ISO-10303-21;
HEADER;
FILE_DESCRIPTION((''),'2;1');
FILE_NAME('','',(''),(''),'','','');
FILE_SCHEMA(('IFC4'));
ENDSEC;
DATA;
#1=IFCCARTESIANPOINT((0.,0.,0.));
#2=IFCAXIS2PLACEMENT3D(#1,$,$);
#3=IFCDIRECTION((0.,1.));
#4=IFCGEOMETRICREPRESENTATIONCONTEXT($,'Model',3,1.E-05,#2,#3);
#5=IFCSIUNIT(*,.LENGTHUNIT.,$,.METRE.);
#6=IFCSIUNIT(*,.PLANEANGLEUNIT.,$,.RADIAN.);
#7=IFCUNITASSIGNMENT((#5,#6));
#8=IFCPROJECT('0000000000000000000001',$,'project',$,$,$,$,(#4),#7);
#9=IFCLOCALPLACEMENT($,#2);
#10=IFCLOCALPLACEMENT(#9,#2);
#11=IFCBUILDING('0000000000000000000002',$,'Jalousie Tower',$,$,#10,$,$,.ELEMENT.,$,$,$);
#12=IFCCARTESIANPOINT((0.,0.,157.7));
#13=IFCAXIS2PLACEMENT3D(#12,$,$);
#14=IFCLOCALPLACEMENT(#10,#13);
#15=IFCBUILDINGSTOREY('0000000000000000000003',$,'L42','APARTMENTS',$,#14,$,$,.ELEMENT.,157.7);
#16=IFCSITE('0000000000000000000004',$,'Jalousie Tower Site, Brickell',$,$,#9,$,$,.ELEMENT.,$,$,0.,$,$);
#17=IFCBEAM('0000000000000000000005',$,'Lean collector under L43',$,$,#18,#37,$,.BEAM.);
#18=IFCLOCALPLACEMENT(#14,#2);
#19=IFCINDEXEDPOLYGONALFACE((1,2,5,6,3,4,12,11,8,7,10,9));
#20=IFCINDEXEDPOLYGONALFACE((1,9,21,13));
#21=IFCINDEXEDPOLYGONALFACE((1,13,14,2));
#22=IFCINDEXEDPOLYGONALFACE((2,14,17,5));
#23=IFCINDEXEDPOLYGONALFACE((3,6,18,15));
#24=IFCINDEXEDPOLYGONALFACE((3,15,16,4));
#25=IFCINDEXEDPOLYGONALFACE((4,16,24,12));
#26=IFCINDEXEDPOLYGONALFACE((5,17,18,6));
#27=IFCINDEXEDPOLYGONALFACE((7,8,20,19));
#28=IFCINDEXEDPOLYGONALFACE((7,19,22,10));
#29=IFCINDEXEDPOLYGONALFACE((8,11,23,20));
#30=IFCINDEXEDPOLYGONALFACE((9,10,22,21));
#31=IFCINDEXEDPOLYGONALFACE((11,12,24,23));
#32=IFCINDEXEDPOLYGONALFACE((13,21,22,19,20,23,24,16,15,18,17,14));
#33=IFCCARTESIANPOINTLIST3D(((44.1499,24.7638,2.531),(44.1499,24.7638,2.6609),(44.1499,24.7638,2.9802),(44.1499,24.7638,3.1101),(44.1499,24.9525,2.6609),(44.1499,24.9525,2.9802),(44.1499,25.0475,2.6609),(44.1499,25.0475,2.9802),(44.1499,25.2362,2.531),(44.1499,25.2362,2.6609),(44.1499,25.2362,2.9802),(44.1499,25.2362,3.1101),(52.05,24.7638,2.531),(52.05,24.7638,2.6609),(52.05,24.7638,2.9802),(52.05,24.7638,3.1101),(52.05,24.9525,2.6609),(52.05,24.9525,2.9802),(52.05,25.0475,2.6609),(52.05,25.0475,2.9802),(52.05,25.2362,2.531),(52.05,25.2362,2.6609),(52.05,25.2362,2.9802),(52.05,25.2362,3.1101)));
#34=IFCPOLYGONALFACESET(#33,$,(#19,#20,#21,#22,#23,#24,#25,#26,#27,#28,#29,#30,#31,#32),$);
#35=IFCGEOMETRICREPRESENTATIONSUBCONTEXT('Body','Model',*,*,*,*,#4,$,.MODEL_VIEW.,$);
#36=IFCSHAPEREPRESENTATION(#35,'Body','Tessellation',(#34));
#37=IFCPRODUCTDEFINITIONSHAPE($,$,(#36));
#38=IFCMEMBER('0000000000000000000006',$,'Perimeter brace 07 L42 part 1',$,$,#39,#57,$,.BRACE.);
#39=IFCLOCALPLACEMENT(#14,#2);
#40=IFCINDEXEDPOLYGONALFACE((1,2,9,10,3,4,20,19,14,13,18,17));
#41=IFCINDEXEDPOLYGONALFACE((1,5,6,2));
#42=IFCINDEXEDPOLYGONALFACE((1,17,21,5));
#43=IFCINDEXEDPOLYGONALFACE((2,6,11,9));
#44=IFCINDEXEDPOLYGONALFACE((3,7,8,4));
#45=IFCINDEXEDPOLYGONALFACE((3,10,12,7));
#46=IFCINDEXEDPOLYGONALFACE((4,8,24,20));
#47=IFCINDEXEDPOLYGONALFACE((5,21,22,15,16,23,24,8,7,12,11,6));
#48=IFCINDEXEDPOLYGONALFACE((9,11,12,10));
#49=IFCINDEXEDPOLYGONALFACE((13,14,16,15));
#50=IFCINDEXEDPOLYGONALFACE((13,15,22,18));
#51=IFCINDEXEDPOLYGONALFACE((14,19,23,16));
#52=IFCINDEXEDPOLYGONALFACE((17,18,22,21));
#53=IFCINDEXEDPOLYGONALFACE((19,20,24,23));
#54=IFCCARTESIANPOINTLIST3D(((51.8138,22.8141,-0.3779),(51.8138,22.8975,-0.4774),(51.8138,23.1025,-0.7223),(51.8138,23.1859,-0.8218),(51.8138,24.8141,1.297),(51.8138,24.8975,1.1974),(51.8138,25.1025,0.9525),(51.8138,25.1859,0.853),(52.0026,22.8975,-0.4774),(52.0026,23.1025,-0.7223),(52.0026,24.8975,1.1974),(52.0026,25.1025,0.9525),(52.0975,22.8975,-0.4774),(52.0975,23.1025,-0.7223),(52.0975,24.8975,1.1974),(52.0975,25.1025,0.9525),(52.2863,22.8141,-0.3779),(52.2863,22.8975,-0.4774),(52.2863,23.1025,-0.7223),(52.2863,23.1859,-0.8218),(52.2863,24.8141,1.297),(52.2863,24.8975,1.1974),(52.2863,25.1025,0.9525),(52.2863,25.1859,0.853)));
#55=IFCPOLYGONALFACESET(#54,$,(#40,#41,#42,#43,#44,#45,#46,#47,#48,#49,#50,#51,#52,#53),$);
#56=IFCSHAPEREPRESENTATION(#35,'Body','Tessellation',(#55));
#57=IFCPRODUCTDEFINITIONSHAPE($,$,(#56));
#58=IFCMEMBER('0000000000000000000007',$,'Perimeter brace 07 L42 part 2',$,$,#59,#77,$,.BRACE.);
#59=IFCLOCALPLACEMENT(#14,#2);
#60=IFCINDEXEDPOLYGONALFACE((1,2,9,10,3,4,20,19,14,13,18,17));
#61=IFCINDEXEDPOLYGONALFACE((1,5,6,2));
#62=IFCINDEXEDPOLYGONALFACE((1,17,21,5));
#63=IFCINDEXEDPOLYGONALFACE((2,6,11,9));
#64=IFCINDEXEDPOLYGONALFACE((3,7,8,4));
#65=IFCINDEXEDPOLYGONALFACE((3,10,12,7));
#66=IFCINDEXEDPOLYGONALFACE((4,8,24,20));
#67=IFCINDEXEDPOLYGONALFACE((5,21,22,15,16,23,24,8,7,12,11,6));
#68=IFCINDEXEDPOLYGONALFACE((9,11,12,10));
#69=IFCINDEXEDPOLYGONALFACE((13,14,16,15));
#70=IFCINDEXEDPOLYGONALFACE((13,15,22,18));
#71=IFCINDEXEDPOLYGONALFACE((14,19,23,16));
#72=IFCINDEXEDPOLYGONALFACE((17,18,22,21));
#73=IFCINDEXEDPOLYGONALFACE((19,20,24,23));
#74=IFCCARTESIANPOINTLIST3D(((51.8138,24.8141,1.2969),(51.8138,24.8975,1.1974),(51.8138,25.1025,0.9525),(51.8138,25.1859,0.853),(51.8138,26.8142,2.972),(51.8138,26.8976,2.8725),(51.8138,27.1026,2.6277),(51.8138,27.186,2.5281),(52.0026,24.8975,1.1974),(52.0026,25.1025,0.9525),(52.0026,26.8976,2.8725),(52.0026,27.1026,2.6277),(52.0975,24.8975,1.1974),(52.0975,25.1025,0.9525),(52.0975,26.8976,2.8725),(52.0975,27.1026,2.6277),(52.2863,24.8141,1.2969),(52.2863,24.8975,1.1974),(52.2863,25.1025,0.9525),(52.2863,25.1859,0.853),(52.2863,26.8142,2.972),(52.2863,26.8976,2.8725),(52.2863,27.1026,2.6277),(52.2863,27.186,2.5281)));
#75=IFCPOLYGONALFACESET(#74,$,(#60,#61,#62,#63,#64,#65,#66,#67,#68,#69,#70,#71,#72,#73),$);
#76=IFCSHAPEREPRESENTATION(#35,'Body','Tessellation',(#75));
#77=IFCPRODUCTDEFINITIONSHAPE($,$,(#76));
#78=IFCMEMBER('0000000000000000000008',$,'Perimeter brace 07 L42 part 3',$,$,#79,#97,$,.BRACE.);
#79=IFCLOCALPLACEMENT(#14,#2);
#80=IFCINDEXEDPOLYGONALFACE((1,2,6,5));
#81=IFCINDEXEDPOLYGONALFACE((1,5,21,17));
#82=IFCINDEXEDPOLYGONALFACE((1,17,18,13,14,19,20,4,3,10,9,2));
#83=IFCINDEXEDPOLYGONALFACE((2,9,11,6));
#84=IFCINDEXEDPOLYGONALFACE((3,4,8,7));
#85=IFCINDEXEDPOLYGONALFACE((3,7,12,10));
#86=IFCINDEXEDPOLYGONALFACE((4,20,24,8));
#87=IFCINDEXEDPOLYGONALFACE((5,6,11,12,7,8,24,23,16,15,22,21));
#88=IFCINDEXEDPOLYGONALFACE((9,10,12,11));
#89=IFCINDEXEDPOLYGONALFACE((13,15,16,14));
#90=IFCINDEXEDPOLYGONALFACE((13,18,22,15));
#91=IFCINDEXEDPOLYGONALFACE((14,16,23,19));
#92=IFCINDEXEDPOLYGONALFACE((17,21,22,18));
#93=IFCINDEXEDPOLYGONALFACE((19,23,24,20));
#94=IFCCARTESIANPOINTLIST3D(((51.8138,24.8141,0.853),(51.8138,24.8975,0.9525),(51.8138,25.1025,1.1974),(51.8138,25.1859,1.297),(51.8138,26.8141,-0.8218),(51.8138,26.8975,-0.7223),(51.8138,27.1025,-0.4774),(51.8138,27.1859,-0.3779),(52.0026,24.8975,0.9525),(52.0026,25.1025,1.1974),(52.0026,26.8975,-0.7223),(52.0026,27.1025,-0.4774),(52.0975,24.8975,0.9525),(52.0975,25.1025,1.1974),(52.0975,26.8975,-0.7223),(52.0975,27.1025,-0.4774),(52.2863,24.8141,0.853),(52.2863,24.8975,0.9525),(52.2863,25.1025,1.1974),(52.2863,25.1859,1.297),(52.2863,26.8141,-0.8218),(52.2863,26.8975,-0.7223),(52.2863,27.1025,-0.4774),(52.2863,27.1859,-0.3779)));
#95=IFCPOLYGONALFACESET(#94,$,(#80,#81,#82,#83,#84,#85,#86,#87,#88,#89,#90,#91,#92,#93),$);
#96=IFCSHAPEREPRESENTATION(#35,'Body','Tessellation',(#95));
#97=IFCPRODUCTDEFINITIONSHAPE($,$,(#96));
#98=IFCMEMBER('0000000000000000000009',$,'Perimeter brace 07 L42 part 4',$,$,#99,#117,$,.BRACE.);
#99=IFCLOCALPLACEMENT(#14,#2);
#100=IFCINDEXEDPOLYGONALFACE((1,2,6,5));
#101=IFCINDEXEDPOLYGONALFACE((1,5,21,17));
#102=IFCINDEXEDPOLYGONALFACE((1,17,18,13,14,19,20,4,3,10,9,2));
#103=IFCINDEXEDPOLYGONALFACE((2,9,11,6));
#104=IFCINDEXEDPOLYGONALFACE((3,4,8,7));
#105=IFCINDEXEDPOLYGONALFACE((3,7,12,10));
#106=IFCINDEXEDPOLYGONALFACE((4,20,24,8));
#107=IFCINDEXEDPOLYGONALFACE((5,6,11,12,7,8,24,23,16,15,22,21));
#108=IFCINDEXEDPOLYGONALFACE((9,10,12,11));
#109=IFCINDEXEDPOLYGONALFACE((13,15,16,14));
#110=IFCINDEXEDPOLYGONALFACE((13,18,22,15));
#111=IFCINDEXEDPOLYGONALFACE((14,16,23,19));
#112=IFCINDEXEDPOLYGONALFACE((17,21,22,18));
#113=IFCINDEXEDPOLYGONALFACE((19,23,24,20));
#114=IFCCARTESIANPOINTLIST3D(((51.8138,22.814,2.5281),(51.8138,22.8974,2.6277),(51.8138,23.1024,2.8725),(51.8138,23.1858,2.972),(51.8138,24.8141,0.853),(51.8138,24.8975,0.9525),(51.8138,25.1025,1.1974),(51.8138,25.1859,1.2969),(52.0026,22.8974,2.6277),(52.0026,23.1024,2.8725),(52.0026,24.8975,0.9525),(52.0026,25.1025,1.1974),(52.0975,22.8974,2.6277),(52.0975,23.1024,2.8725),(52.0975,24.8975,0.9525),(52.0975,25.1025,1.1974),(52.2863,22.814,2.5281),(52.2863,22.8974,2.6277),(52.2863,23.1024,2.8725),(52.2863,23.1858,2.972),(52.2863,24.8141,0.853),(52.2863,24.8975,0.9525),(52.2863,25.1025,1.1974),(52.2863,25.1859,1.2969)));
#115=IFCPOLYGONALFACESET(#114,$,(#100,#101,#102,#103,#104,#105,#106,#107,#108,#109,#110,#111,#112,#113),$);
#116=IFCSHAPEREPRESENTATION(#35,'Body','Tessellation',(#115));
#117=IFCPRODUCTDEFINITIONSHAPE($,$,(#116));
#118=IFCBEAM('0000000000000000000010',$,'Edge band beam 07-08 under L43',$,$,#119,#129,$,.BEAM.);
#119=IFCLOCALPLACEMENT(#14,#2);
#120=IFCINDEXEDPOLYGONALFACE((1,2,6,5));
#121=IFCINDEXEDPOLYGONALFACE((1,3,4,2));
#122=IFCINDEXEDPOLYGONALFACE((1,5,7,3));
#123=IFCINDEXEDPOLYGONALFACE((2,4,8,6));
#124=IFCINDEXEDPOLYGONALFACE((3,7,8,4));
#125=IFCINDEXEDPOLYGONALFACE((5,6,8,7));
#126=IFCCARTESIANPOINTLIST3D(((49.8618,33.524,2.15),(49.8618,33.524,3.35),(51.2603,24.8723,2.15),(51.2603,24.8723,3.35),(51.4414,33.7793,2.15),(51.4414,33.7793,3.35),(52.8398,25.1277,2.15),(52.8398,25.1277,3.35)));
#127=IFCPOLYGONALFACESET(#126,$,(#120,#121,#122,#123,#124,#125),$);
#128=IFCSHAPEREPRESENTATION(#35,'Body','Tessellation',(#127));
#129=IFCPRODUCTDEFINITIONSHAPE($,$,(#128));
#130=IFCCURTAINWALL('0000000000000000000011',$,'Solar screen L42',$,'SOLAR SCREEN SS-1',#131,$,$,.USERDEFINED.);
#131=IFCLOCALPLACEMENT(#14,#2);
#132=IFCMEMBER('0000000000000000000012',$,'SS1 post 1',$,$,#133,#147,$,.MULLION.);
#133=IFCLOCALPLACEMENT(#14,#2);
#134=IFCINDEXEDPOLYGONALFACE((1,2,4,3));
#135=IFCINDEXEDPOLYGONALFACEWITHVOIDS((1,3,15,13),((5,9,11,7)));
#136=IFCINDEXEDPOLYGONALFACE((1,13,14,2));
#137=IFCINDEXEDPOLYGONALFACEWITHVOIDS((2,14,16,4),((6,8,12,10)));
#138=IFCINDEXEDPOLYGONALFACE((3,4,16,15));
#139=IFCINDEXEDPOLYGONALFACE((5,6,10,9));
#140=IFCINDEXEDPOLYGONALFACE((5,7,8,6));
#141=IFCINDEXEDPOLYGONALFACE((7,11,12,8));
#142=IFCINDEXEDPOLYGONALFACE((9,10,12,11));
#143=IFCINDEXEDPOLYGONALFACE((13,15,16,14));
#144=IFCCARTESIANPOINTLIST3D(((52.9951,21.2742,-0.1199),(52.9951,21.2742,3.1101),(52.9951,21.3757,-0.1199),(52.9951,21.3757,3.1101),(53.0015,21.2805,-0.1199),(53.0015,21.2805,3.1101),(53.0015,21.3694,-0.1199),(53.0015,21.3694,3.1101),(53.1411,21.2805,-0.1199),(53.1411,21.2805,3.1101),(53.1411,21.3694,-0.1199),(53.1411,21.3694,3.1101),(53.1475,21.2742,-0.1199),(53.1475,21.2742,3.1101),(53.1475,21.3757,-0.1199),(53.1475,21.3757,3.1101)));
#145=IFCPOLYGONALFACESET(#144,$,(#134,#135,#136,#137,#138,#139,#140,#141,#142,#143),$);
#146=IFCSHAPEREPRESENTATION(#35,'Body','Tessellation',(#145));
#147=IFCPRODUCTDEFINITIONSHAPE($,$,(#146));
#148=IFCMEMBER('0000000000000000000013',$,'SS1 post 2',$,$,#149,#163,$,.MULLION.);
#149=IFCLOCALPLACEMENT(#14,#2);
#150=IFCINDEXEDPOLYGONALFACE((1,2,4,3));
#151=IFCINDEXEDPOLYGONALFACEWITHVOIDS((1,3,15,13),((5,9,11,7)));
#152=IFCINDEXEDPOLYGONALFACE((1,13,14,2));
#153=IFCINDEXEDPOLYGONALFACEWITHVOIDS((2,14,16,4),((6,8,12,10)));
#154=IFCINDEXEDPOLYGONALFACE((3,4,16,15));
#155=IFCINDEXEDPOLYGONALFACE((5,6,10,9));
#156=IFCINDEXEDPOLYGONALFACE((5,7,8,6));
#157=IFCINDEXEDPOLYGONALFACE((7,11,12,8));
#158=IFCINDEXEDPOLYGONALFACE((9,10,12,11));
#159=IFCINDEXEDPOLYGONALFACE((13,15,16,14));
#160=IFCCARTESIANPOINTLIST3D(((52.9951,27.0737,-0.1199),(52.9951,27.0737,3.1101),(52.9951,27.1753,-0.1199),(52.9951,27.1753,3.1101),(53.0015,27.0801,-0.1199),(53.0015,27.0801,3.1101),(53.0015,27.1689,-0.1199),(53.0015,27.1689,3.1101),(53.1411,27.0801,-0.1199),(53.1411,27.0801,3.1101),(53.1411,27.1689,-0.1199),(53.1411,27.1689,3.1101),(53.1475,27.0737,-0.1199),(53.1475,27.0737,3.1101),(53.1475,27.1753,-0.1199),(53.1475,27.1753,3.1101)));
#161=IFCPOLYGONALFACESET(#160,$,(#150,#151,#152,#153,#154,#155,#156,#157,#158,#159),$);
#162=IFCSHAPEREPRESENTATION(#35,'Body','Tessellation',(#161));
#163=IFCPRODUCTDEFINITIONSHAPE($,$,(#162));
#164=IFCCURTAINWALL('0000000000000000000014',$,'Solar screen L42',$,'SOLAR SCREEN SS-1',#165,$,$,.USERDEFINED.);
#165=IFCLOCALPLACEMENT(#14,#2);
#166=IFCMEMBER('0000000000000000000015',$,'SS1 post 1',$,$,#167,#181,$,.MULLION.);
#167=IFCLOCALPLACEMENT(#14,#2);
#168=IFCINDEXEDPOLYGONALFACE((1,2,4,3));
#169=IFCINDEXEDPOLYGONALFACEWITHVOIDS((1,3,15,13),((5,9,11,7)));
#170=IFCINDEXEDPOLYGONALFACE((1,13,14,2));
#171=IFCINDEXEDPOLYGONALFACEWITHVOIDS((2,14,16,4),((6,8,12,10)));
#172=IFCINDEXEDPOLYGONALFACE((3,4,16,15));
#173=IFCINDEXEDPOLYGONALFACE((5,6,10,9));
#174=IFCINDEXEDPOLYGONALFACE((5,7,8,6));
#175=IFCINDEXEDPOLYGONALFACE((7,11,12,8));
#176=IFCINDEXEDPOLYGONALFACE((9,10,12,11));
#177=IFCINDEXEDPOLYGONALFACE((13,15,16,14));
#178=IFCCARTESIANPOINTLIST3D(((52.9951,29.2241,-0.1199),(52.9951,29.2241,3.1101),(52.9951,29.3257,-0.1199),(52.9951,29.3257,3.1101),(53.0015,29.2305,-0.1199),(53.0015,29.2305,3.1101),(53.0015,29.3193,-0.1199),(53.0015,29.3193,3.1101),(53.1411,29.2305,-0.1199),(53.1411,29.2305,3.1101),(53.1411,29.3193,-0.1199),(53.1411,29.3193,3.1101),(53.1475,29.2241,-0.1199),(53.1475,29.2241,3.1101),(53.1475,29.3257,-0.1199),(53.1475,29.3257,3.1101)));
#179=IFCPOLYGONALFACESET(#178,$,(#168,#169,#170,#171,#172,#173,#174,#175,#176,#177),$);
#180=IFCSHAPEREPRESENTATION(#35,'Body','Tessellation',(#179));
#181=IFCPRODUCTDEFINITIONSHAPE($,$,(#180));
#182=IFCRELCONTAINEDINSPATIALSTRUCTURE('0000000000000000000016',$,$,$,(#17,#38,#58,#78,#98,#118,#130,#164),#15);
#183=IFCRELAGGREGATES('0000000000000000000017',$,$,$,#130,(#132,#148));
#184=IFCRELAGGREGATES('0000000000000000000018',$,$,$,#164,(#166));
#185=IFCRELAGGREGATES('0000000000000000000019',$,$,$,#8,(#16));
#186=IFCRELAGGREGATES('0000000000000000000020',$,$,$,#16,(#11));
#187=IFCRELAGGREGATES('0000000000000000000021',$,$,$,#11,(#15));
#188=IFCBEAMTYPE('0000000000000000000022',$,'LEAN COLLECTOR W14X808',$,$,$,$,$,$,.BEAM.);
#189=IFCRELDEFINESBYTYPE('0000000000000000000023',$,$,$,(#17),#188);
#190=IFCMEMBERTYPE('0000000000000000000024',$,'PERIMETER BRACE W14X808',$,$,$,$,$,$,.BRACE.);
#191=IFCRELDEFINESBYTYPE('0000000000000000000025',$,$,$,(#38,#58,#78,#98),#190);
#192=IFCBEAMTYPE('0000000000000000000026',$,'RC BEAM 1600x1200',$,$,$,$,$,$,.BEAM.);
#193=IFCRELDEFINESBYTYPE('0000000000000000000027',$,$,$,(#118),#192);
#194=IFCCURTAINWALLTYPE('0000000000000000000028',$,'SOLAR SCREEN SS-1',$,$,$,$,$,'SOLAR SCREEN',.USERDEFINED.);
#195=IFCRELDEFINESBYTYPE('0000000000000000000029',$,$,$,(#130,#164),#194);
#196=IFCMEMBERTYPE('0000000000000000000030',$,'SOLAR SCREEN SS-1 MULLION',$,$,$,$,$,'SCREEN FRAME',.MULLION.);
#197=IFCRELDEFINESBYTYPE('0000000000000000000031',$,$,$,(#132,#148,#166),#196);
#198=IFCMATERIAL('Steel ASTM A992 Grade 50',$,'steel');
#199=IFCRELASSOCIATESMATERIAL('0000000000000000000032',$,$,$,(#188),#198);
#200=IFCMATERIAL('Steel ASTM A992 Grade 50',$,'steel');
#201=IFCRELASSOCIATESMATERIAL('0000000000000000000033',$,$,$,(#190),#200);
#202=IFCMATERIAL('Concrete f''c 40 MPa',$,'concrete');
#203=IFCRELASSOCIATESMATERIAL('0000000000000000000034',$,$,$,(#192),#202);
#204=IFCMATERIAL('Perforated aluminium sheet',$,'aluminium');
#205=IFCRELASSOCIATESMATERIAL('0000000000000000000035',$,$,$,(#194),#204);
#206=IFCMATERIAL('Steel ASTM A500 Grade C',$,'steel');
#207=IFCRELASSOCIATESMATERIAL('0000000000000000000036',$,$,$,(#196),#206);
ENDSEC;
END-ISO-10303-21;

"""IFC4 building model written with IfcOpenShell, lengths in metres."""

from ifc_helpers import new_model, si_unit, direction, frame, origin, origin_2d, place, context, subcontext, project, spatial, rectangle, hollow_rectangle, i_section, extrude, material, material_profile, profile_set, type_object, element, aggregate, save


model = new_model("IFC4")

# Units and contexts
model_context = context("Model", 3, precision=1e-05, world=origin(), true_north=direction((0.0, 1.0)))
body_context = subcontext(model_context, "Body", "Model", "MODEL_VIEW")
ifc_project = project(units=[si_unit("LENGTHUNIT", "METRE"), si_unit("PLANEANGLEUNIT", "RADIAN")], contexts=[model_context])

# Site, building, storey
site_placement = place(None, origin())
site = spatial("IfcSite", under=ifc_project, at=site_placement, Name="Jalousie Tower Site, Brickell", CompositionType="ELEMENT", RefElevation=0.0)
building_placement = place(site_placement, origin())
building = spatial("IfcBuilding", under=site, at=building_placement, Name="Jalousie Tower", CompositionType="ELEMENT")
storey_placement = place(building_placement, frame((0.0, 0.0, 157.7)))
storey = spatial("IfcBuildingStorey", under=building, at=storey_placement, Name="L42", Description="APARTMENTS", CompositionType="ELEMENT", Elevation=157.7)

# Beam
ifc_material_1 = material(Name="Steel ASTM A992 Grade 50", Category="steel")
ifc_material_profile_1 = material_profile(ifc_material_1, i_section(OverallWidth=0.4724, OverallDepth=0.5791, WebThickness=0.095, FlangeThickness=0.1299, at=origin_2d()), Name="W14X808")
ifc_profile_set_1 = profile_set([ifc_material_profile_1], Name="Steel ASTM A992 Grade 50")
beam_type_1 = type_object("IfcBeamType", Name="LEAN COLLECTOR W14X808", PredefinedType="BEAM", material=ifc_profile_set_1)
beam_1_placement = place(storey_placement, frame((52.05, 25.0, 2.8206), z_axis=(-1.0, 0.0, 0.0), x_axis=(0.0, -1.0, 0.0)))
element("IfcBeam", 1, at=beam_1_placement, inside=storey, type_object=beam_type_1, Name="Lean collector under L43", PredefinedType="BEAM", context=body_context, shape_type="SweptSolid", body=[
    extrude(i_section(OverallWidth=0.4724, OverallDepth=0.5791, WebThickness=0.095, FlangeThickness=0.1299, at=origin_2d()), origin(), (0.0, 0.0, 1.0), 7.9001),
])

# Members
ifc_material_2 = material(Name="Steel ASTM A992 Grade 50", Category="steel")
ifc_material_profile_2 = material_profile(ifc_material_2, i_section(OverallWidth=0.4724, OverallDepth=0.5791, WebThickness=0.095, FlangeThickness=0.1299, at=origin_2d()), Name="W14X808")
ifc_profile_set_2 = profile_set([ifc_material_profile_2], Name="Steel ASTM A992 Grade 50")
member_type_1 = type_object("IfcMemberType", Name="PERIMETER BRACE W14X808", PredefinedType="BRACE", material=ifc_profile_set_2)
member_1_placement = place(storey_placement, frame((52.05, 23.0, -0.5999), z_axis=(0.0, 0.766685, 0.642024), x_axis=(-1.0, 0.0, 0.0)))
element("IfcMember", 2, at=member_1_placement, inside=storey, type_object=member_type_1, Name="Perimeter brace 07 L42 part 1", PredefinedType="BRACE", context=body_context, shape_type="SweptSolid", body=[
    extrude(i_section(OverallWidth=0.4724, OverallDepth=0.5791, WebThickness=0.095, FlangeThickness=0.1299, at=origin_2d()), origin(), (0.0, 0.0, 1.0), 2.6086),
])
member_2_placement = place(storey_placement, frame((52.05, 25.0, 1.075), z_axis=(0.0, 0.766639, 0.642079), x_axis=(-1.0, 0.0, 0.0)))
element("IfcMember", 3, at=member_2_placement, inside=storey, type_object=member_type_1, Name="Perimeter brace 07 L42 part 2", PredefinedType="BRACE", context=body_context, shape_type="SweptSolid", body=[
    extrude(i_section(OverallWidth=0.4724, OverallDepth=0.5791, WebThickness=0.095, FlangeThickness=0.1299, at=origin_2d()), origin(), (0.0, 0.0, 1.0), 2.6089),
])
member_3_placement = place(storey_placement, frame((52.05, 27.0, -0.5999), z_axis=(0.0, -0.766685, 0.642024), x_axis=(1.0, 0.0, 0.0)))
element("IfcMember", 4, at=member_3_placement, inside=storey, type_object=member_type_1, Name="Perimeter brace 07 L42 part 3", PredefinedType="BRACE", context=body_context, shape_type="SweptSolid", body=[
    extrude(i_section(OverallWidth=0.4724, OverallDepth=0.5791, WebThickness=0.095, FlangeThickness=0.1299, at=origin_2d()), origin(), (0.0, 0.0, 1.0), 2.6086),
])
member_4_placement = place(storey_placement, frame((52.05, 25.0, 1.075), z_axis=(0.0, -0.766639, 0.642079), x_axis=(1.0, 0.0, 0.0)))
element("IfcMember", 5, at=member_4_placement, inside=storey, type_object=member_type_1, Name="Perimeter brace 07 L42 part 4", PredefinedType="BRACE", context=body_context, shape_type="SweptSolid", body=[
    extrude(i_section(OverallWidth=0.4724, OverallDepth=0.5791, WebThickness=0.095, FlangeThickness=0.1299, at=origin_2d()), origin(), (0.0, 0.0, 1.0), 2.6089),
])

# Beam
ifc_material_3 = material(Name="Concrete f'c 40 MPa", Category="concrete")
ifc_material_profile_3 = material_profile(ifc_material_3, rectangle(XDim=1.6001, YDim=1.2, at=origin_2d()), Name="RC 1600x1200")
ifc_profile_set_3 = profile_set([ifc_material_profile_3], Name="Concrete f'c 40 MPa")
beam_type_2 = type_object("IfcBeamType", Name="RC BEAM 1600x1200", PredefinedType="BEAM", material=ifc_profile_set_3)
beam_2_placement = place(storey_placement, frame((52.05, 25.0, 2.75), z_axis=(-0.159568, 0.987187, 0.0), x_axis=(-0.987187, -0.159568, 0.0)))
element("IfcBeam", 6, at=beam_2_placement, inside=storey, type_object=beam_type_2, Name="Edge band beam 07-08 under L43", PredefinedType="BEAM", context=body_context, shape_type="SweptSolid", body=[
    extrude(rectangle(XDim=1.6001, YDim=1.2, at=origin_2d()), origin(), (0.0, 0.0, 1.0), 8.7639),
])

# Curtain wall, members
ifc_material_4 = material(Name="Perforated aluminium sheet", Category="aluminium")
curtain_wall_type = type_object("IfcCurtainWallType", Name="SOLAR SCREEN SS-1", ElementType="SOLAR SCREEN", PredefinedType="USERDEFINED", material=ifc_material_4)
curtain_wall_1_placement = place(storey_placement, origin())
curtain_wall_1 = element("IfcCurtainWall", 7, at=curtain_wall_1_placement, inside=storey, type_object=curtain_wall_type, Name="Solar screen L42", ObjectType="SOLAR SCREEN SS-1", PredefinedType="USERDEFINED")
ifc_material_5 = material(Name="Steel ASTM A500 Grade C", Category="steel")
ifc_material_profile_4 = material_profile(ifc_material_5, hollow_rectangle(XDim=0.1016, YDim=0.1523, WallThickness=0.0063, at=origin_2d()), Name="HSS6X4X1/4")
ifc_profile_set_4 = profile_set([ifc_material_profile_4], Name="Steel ASTM A500 Grade C")
member_type_2 = type_object("IfcMemberType", Name="SOLAR SCREEN SS-1 MULLION", ElementType="SCREEN FRAME", PredefinedType="MULLION", material=ifc_profile_set_4)
member_5_placement = place(storey_placement, frame((53.0713, 21.325, -0.1199), z_axis=(0.0, 0.0, 1.0), x_axis=(0.0, 1.0, 0.0)))
member_5 = element("IfcMember", 8, at=member_5_placement, type_object=member_type_2, Name="SS1 post 1", PredefinedType="MULLION", context=body_context, shape_type="SweptSolid", body=[
    extrude(hollow_rectangle(XDim=0.1016, YDim=0.1523, WallThickness=0.0063, at=origin_2d()), origin(), (0.0, 0.0, 1.0), 3.23),
])
member_6_placement = place(storey_placement, frame((53.0713, 27.1245, -0.1199), z_axis=(0.0, 0.0, 1.0), x_axis=(0.0, 1.0, 0.0)))
member_6 = element("IfcMember", 9, at=member_6_placement, type_object=member_type_2, Name="SS1 post 2", PredefinedType="MULLION", context=body_context, shape_type="SweptSolid", body=[
    extrude(hollow_rectangle(XDim=0.1016, YDim=0.1523, WallThickness=0.0063, at=origin_2d()), origin(), (0.0, 0.0, 1.0), 3.23),
])

# Curtain wall, member
curtain_wall_2_placement = place(storey_placement, origin())
curtain_wall_2 = element("IfcCurtainWall", 10, at=curtain_wall_2_placement, inside=storey, type_object=curtain_wall_type, Name="Solar screen L42", ObjectType="SOLAR SCREEN SS-1", PredefinedType="USERDEFINED")
member_7_placement = place(storey_placement, frame((53.0713, 29.2749, -0.1199), z_axis=(0.0, 0.0, 1.0), x_axis=(0.0, 1.0, 0.0)))
member_7 = element("IfcMember", 11, at=member_7_placement, type_object=member_type_2, Name="SS1 post 1", PredefinedType="MULLION", context=body_context, shape_type="SweptSolid", body=[
    extrude(hollow_rectangle(XDim=0.1016, YDim=0.1523, WallThickness=0.0063, at=origin_2d()), origin(), (0.0, 0.0, 1.0), 3.23),
])

aggregate(curtain_wall_1, [member_5, member_6])
aggregate(curtain_wall_2, [member_7])

save(model, "model.ifc")
